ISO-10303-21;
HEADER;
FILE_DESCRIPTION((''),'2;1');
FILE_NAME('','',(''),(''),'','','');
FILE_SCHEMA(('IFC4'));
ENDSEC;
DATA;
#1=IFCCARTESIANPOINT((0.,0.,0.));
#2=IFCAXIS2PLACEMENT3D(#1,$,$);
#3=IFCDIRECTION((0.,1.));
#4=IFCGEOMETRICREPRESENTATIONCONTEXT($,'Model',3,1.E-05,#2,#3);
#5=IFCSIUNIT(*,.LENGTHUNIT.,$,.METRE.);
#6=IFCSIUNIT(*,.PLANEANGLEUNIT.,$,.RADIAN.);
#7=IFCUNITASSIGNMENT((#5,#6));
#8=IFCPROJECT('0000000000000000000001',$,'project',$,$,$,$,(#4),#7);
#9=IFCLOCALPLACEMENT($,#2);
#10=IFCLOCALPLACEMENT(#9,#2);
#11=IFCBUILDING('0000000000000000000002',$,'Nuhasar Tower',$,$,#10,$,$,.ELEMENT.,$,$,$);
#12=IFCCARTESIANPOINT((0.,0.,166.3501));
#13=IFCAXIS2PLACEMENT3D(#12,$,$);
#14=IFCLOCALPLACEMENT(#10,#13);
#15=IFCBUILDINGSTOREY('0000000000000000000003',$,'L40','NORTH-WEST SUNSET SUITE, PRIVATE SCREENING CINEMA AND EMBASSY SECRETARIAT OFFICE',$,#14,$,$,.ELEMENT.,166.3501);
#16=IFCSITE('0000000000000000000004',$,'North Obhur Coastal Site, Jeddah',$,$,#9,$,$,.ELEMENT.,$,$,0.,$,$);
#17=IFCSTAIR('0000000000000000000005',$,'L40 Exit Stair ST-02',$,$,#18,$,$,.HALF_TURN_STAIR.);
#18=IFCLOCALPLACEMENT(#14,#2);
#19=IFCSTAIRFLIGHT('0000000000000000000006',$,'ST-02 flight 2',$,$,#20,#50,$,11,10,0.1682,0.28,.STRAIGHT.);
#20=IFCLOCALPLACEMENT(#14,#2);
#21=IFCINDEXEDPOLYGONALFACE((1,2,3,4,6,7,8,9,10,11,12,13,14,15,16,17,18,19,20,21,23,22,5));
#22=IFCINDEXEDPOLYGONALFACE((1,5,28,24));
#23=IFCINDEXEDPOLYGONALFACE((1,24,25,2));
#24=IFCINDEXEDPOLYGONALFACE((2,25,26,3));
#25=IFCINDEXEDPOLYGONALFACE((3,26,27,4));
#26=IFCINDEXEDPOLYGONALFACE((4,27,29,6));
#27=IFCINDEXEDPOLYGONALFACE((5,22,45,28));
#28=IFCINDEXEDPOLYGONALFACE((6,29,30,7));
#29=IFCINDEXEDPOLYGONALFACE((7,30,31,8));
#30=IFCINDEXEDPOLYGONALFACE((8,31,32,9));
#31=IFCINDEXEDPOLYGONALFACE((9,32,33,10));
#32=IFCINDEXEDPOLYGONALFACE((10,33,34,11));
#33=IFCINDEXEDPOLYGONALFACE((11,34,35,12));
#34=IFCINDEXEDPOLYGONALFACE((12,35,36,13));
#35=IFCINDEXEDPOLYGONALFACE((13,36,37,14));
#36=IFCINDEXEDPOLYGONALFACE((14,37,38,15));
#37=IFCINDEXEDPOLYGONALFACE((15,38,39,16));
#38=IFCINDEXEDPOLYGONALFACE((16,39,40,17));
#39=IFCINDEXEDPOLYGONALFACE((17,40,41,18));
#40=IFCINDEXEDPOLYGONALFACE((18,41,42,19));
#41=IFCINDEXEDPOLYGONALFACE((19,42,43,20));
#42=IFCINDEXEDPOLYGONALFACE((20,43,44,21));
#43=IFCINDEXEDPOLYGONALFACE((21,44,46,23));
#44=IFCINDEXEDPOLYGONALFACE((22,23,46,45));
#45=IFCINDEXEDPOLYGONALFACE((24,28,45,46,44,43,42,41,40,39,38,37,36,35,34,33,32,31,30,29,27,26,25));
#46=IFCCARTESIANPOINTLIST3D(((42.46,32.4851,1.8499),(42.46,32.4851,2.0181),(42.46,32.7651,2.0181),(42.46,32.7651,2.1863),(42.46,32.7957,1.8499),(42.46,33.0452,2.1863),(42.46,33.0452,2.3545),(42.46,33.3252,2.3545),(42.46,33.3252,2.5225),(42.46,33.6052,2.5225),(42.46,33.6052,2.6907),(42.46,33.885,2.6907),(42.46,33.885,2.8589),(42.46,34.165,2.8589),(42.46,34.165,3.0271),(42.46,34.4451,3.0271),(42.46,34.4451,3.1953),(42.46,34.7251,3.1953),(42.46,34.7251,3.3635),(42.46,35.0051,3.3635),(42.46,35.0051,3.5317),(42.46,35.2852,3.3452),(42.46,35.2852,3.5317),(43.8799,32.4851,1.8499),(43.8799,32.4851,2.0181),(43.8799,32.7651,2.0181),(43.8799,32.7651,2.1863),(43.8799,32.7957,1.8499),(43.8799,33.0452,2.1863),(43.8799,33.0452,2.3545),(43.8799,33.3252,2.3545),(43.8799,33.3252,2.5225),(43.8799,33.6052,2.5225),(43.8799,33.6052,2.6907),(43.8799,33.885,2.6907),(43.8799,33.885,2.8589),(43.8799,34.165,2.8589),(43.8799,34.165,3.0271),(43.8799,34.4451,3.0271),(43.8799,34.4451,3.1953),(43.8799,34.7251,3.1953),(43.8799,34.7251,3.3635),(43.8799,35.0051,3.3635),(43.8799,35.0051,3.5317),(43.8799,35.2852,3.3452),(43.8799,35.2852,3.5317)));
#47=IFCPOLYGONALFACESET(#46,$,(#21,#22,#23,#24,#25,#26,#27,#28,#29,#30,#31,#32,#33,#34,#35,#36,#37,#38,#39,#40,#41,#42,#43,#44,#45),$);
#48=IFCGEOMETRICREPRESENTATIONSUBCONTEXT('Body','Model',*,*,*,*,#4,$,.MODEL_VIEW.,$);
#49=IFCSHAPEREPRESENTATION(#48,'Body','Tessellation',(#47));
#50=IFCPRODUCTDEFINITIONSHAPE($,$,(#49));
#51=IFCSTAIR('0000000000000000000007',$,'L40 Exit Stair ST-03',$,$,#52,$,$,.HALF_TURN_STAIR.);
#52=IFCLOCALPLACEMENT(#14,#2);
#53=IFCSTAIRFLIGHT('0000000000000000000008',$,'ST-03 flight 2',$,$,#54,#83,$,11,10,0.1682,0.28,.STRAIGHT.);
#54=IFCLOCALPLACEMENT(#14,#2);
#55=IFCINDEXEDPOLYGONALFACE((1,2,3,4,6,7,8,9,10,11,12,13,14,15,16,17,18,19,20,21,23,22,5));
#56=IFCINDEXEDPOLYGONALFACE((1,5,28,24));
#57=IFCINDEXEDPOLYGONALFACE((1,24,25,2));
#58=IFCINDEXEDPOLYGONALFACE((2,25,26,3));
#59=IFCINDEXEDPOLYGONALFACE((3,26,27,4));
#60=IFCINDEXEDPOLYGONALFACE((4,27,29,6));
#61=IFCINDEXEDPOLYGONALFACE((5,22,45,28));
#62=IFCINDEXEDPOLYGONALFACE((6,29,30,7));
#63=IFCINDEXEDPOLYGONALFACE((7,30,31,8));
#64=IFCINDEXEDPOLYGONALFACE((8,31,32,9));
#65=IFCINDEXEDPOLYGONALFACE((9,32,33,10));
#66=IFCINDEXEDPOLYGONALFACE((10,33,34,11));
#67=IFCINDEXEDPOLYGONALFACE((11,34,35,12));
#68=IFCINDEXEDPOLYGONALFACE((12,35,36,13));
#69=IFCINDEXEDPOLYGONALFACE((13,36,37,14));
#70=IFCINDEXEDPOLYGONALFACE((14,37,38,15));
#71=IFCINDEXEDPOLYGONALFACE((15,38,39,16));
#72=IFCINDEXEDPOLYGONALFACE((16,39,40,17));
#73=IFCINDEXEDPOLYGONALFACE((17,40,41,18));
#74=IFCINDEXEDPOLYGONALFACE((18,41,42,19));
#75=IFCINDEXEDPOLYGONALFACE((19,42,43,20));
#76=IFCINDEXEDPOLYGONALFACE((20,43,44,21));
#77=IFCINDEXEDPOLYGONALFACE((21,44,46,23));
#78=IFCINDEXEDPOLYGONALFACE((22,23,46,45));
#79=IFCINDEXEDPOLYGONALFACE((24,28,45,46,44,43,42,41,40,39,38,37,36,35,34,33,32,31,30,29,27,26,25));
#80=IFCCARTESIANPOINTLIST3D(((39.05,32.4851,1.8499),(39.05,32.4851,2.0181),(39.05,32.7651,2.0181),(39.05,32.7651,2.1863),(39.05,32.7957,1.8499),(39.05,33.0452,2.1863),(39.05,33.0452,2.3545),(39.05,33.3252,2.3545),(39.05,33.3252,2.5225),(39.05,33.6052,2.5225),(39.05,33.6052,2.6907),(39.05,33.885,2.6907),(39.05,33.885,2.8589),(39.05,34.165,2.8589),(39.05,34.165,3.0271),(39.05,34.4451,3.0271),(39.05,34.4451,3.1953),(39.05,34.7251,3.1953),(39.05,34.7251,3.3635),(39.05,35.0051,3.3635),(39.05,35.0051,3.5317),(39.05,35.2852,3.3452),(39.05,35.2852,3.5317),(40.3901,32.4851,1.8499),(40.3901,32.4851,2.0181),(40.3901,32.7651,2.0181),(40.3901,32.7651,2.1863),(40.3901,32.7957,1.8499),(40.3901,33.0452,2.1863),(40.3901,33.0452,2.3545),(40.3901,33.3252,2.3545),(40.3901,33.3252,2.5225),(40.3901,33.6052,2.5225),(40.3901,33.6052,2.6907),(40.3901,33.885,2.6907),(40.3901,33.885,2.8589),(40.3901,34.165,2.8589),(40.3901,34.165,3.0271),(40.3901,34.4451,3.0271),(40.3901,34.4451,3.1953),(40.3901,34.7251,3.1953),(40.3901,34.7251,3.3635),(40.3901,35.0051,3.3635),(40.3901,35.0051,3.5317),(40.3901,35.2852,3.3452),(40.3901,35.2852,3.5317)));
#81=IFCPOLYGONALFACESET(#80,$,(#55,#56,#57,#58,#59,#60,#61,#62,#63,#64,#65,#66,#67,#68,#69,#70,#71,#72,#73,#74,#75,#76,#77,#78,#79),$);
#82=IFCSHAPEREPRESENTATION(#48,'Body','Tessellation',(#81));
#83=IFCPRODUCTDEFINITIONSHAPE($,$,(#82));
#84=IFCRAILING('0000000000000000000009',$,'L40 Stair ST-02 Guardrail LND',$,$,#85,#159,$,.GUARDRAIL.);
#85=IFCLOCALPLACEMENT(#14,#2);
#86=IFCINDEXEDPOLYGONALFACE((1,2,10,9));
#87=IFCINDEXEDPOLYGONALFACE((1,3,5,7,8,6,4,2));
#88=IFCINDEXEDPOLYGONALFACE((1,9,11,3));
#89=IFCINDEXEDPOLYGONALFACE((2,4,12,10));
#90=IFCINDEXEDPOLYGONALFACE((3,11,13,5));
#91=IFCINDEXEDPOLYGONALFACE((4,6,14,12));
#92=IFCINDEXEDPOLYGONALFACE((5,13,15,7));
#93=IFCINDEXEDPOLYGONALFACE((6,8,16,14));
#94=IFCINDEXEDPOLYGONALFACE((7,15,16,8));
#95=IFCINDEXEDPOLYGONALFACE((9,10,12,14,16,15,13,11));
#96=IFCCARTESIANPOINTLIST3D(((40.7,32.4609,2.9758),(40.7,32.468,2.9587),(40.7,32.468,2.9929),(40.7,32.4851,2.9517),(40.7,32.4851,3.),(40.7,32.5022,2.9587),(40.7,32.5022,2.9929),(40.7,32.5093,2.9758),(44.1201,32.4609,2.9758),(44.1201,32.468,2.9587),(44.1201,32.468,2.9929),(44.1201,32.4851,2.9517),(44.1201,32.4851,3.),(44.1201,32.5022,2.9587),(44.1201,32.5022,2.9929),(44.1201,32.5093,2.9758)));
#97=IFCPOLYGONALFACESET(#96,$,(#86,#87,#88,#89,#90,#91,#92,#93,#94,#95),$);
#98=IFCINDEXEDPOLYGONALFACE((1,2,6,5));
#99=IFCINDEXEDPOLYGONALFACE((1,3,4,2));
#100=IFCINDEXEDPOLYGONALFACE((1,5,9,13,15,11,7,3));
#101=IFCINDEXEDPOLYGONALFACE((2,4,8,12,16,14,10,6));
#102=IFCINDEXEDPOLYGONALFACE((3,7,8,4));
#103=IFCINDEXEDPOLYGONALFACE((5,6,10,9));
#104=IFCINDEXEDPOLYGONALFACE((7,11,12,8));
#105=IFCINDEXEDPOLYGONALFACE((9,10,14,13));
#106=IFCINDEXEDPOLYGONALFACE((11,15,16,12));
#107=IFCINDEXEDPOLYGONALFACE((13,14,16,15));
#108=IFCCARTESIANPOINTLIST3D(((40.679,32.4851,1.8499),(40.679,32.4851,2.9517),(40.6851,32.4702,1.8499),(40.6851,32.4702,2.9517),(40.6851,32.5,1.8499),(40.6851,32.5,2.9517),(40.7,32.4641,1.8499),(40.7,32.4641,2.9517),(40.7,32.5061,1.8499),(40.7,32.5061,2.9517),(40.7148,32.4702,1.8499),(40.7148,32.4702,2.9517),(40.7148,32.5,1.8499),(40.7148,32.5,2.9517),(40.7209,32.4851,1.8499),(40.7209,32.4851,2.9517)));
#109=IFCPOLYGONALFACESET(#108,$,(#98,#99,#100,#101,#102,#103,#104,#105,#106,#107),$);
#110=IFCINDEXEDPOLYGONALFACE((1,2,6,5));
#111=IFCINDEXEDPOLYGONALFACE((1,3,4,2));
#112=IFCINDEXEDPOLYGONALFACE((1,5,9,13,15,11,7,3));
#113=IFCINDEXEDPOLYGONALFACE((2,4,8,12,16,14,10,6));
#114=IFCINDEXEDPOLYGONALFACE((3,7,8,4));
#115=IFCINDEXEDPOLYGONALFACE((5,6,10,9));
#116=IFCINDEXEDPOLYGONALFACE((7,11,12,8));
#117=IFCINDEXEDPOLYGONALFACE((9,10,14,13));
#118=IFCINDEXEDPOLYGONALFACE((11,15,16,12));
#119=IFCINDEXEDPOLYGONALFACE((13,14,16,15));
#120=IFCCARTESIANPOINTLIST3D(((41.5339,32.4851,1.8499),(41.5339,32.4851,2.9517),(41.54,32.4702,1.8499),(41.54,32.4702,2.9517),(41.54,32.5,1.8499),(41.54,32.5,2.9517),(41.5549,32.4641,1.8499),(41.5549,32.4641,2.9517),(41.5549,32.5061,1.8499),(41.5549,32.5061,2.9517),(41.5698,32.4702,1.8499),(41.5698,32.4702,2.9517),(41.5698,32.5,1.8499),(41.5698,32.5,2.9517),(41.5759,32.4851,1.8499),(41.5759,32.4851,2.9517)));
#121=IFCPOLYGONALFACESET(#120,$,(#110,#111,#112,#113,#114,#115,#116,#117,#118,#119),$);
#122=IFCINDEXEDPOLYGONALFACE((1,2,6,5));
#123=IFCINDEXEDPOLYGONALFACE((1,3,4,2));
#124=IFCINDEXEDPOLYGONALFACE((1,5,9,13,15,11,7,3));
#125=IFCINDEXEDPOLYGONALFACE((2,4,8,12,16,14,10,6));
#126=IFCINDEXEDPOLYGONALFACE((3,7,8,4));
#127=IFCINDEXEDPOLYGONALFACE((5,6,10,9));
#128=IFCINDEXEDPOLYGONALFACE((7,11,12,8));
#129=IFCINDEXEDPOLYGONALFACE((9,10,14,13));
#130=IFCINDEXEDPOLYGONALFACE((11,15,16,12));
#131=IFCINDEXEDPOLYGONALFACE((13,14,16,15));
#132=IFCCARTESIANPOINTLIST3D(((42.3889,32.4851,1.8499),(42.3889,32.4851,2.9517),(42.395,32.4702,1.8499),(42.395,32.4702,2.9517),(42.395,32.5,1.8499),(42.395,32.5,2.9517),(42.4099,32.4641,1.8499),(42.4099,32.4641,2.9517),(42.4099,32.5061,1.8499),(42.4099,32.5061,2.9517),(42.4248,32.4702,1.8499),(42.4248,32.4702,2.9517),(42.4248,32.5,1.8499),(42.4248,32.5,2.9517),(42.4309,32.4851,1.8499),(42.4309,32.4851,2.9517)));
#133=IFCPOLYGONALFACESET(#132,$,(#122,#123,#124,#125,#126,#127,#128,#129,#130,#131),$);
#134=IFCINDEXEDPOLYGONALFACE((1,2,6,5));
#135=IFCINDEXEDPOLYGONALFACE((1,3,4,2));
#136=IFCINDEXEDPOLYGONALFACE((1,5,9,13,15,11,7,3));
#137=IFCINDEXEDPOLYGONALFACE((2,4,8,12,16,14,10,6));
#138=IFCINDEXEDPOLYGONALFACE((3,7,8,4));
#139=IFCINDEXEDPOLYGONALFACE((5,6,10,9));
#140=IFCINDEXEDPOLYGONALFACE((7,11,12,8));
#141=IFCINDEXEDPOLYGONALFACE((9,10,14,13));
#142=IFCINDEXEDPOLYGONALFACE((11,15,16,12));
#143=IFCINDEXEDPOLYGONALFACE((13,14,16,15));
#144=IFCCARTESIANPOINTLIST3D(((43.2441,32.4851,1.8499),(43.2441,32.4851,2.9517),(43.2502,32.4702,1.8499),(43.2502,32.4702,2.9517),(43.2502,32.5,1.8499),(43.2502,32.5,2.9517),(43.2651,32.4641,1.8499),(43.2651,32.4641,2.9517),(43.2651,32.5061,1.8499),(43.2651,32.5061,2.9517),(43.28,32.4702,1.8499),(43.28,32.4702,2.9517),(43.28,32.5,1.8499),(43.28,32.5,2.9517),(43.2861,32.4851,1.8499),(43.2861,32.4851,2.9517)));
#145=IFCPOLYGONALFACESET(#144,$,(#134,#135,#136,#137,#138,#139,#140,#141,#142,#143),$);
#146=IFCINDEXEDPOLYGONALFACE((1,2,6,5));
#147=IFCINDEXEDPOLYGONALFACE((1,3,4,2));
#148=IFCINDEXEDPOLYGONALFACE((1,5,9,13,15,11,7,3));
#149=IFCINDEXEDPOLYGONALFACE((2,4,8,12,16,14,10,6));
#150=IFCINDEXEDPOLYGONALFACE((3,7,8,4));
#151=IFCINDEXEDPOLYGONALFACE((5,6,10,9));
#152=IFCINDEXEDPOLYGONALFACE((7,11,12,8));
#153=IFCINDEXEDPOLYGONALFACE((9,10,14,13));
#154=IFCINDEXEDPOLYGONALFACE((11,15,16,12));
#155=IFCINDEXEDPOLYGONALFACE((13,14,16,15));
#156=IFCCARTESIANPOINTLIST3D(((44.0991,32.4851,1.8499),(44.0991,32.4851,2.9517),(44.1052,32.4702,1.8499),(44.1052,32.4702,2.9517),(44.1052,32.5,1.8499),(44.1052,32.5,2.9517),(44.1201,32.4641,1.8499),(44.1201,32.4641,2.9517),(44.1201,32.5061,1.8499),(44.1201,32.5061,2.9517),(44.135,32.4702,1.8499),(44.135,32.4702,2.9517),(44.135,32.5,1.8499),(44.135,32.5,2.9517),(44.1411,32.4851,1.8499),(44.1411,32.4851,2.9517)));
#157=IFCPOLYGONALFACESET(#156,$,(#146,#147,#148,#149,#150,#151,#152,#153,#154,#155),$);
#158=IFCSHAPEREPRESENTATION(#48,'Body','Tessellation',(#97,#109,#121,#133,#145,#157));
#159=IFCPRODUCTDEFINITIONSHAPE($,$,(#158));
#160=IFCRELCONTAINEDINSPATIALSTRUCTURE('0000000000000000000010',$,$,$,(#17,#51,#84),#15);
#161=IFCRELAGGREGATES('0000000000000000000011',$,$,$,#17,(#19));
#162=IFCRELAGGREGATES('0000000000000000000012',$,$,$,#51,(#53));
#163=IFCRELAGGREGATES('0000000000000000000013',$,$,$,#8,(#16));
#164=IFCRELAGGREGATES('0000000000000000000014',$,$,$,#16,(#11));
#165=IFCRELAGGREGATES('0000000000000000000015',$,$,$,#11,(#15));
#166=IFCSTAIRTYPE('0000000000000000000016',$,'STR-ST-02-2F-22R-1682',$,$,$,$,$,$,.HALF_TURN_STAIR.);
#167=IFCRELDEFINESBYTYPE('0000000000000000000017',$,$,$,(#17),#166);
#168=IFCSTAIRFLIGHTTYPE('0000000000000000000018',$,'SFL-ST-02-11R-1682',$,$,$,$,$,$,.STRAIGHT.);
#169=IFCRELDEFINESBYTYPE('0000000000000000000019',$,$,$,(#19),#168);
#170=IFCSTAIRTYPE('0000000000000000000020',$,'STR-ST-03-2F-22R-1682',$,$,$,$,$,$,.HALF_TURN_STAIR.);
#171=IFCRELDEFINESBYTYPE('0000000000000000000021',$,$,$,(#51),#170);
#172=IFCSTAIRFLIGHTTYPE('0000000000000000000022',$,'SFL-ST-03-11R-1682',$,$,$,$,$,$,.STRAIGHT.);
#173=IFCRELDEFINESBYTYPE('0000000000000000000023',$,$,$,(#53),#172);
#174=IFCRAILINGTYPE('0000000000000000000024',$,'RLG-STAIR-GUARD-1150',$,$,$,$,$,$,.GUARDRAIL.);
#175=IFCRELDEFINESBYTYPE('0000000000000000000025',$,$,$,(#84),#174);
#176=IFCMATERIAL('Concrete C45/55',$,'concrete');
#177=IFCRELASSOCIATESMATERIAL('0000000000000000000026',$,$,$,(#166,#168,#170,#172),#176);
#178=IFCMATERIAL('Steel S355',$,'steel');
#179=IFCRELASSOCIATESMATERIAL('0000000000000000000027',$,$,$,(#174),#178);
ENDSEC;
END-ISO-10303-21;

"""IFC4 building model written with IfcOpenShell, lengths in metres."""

from ifc_helpers import new_model, si_unit, direction, frame, origin, place, context, subcontext, project, spatial, polyline, outline, extrude, material, type_object, element, aggregate, save


model = new_model("IFC4")

# Units and contexts
model_context = context("Model", 3, precision=1e-05, world=origin(), true_north=direction((0.0, 1.0)))
body_context = subcontext(model_context, "Body", "Model", "MODEL_VIEW")
ifc_project = project(units=[si_unit("LENGTHUNIT", "METRE"), si_unit("PLANEANGLEUNIT", "RADIAN")], contexts=[model_context])

# Site, building, storey
site_placement = place(None, origin())
site = spatial("IfcSite", under=ifc_project, at=site_placement, Name="North Obhur Coastal Site, Jeddah", CompositionType="ELEMENT", RefElevation=0.0)
building_placement = place(site_placement, origin())
building = spatial("IfcBuilding", under=site, at=building_placement, Name="Nuhasar Tower", CompositionType="ELEMENT")
storey_placement = place(building_placement, frame((0.0, 0.0, 166.3501)))
storey = spatial("IfcBuildingStorey", under=building, at=storey_placement, Name="L40", Description="NORTH-WEST SUNSET SUITE, PRIVATE SCREENING CINEMA AND EMBASSY SECRETARIAT OFFICE", CompositionType="ELEMENT", Elevation=166.3501)

# Shared definitions
ifc_material_1 = material(Name="Steel S355", Category="steel")

# Shared definitions
ifc_material_2 = material(Name="Concrete C45/55", Category="concrete")

# Stair, stair flight
stair_type_1 = type_object("IfcStairType", Name="STR-ST-02-2F-22R-1682", PredefinedType="HALF_TURN_STAIR", material=ifc_material_2)
stair_1_placement = place(storey_placement, origin())
stair_1 = element("IfcStair", 1, at=stair_1_placement, inside=storey, type_object=stair_type_1, Name="L40 Exit Stair ST-02", PredefinedType="HALF_TURN_STAIR")
stair_flight_type_1 = type_object("IfcStairFlightType", Name="SFL-ST-02-11R-1682", PredefinedType="STRAIGHT", material=ifc_material_2)
stair_flight_1_placement = place(storey_placement, frame((43.1699, 32.4851, 1.8499), z_axis=(0.0, 0.0, 1.0), x_axis=(0.0, 1.0, 0.0)))
stair_flight_1 = element("IfcStairFlight", 2, at=stair_flight_1_placement, type_object=stair_flight_type_1, Name="ST-02 flight 2", NumberOfRisers=11, NumberOfTreads=10, PredefinedType="STRAIGHT", RiserHeight=0.1682, TreadLength=0.28, context=body_context, shape_type="SweptSolid", body=[
    extrude(outline(polyline([(0.0, 0.0), (0.0, 0.1682), (0.28, 0.1682), (0.28, 0.3364), (0.5601, 0.3364), (0.5601, 0.5046), (0.8401, 0.5046), (0.8401, 0.6726), (1.1201, 0.6726), (1.1201, 0.8408), (1.3999, 0.8408), (1.3999, 1.009), (1.6799, 1.009), (1.6799, 1.1772), (1.96, 1.1772), (1.96, 1.3455), (2.24, 1.3455), (2.24, 1.5137), (2.52, 1.5137), (2.52, 1.6819), (2.8, 1.6819), (2.8, 1.8501), (2.8, 1.4954), (0.3105, 0.0), (0.0, 0.0)])), frame((0.0, 0.71, 0.0), z_axis=(0.0, -1.0, 0.0), x_axis=(1.0, 0.0, 0.0)), (0.0, 0.0, 1.0), 1.4199),
])
aggregate(stair_1, [stair_flight_1])

# Stair, stair flight
stair_type_2 = type_object("IfcStairType", Name="STR-ST-03-2F-22R-1682", PredefinedType="HALF_TURN_STAIR", material=ifc_material_2)
stair_2_placement = place(storey_placement, origin())
stair_2 = element("IfcStair", 3, at=stair_2_placement, inside=storey, type_object=stair_type_2, Name="L40 Exit Stair ST-03", PredefinedType="HALF_TURN_STAIR")
stair_flight_type_2 = type_object("IfcStairFlightType", Name="SFL-ST-03-11R-1682", PredefinedType="STRAIGHT", material=ifc_material_2)
stair_flight_2_placement = place(storey_placement, frame((39.72, 32.4851, 1.8499), z_axis=(0.0, 0.0, 1.0), x_axis=(0.0, 1.0, 0.0)))
stair_flight_2 = element("IfcStairFlight", 4, at=stair_flight_2_placement, type_object=stair_flight_type_2, Name="ST-03 flight 2", NumberOfRisers=11, NumberOfTreads=10, PredefinedType="STRAIGHT", RiserHeight=0.1682, TreadLength=0.28, context=body_context, shape_type="SweptSolid", body=[
    extrude(outline(polyline([(0.0, 0.0), (0.0, 0.1682), (0.28, 0.1682), (0.28, 0.3364), (0.5601, 0.3364), (0.5601, 0.5046), (0.8401, 0.5046), (0.8401, 0.6726), (1.1201, 0.6726), (1.1201, 0.8408), (1.3999, 0.8408), (1.3999, 1.009), (1.6799, 1.009), (1.6799, 1.1772), (1.96, 1.1772), (1.96, 1.3455), (2.24, 1.3455), (2.24, 1.5137), (2.52, 1.5137), (2.52, 1.6819), (2.8, 1.6819), (2.8, 1.8501), (2.8, 1.4954), (0.3105, 0.0), (0.0, 0.0)])), frame((0.0, 0.6699, 0.0), z_axis=(0.0, -1.0, 0.0), x_axis=(1.0, 0.0, 0.0)), (0.0, 0.0, 1.0), 1.3401),
])
aggregate(stair_2, [stair_flight_2])

# Railing
railing_type_1 = type_object("IfcRailingType", Name="RLG-STAIR-GUARD-1150", PredefinedType="GUARDRAIL", material=ifc_material_1)
railing_1_placement = place(storey_placement, frame((40.7, 32.4851, 1.8499)))
element("IfcRailing", 5, at=railing_1_placement, inside=storey, type_object=railing_type_1, Name="L40 Stair ST-02 Guardrail LND", PredefinedType="GUARDRAIL", context=body_context, shape_type="SweptSolid", body=[
    extrude(outline(polyline([(0.0242, 0.0), (0.0171, 0.0171), (0.0, 0.0242), (-0.0171, 0.0171), (-0.0242, 0.0), (-0.0171, -0.0171), (0.0, -0.0242), (0.0171, -0.0171), (0.0242, 0.0)])), frame((0.0, 0.0, 1.126), z_axis=(1.0, 0.0, 0.0), x_axis=(0.0, 1.0, 0.0)), (0.0, 0.0, 1.0), 3.4202),
    extrude(outline(polyline([(0.021, 0.0), (0.0149, 0.0149), (0.0, 0.021), (-0.0149, 0.0149), (-0.021, 0.0), (-0.0149, -0.0149), (0.0, -0.021), (0.0149, -0.0149), (0.021, 0.0)])), origin(), (0.0, 0.0, 1.0), 1.1018),
    extrude(outline(polyline([(0.021, 0.0), (0.0149, 0.0149), (0.0, 0.021), (-0.0149, 0.0149), (-0.021, 0.0), (-0.0149, -0.0149), (0.0, -0.021), (0.0149, -0.0149), (0.021, 0.0)])), frame((0.855, 0.0, 0.0)), (0.0, 0.0, 1.0), 1.1018),
    extrude(outline(polyline([(0.021, 0.0), (0.0149, 0.0149), (0.0, 0.021), (-0.0149, 0.0149), (-0.021, 0.0), (-0.0149, -0.0149), (0.0, -0.021), (0.0149, -0.0149), (0.021, 0.0)])), frame((1.71, 0.0, 0.0)), (0.0, 0.0, 1.0), 1.1018),
    extrude(outline(polyline([(0.021, 0.0), (0.0149, 0.0149), (0.0, 0.021), (-0.0149, 0.0149), (-0.021, 0.0), (-0.0149, -0.0149), (0.0, -0.021), (0.0149, -0.0149), (0.021, 0.0)])), frame((2.5652, 0.0, 0.0)), (0.0, 0.0, 1.0), 1.1018),
    extrude(outline(polyline([(0.021, 0.0), (0.0149, 0.0149), (0.0, 0.021), (-0.0149, 0.0149), (-0.021, 0.0), (-0.0149, -0.0149), (0.0, -0.021), (0.0149, -0.0149), (0.021, 0.0)])), frame((3.4202, 0.0, 0.0)), (0.0, 0.0, 1.0), 1.1018),
])

save(model, "model.ifc")
